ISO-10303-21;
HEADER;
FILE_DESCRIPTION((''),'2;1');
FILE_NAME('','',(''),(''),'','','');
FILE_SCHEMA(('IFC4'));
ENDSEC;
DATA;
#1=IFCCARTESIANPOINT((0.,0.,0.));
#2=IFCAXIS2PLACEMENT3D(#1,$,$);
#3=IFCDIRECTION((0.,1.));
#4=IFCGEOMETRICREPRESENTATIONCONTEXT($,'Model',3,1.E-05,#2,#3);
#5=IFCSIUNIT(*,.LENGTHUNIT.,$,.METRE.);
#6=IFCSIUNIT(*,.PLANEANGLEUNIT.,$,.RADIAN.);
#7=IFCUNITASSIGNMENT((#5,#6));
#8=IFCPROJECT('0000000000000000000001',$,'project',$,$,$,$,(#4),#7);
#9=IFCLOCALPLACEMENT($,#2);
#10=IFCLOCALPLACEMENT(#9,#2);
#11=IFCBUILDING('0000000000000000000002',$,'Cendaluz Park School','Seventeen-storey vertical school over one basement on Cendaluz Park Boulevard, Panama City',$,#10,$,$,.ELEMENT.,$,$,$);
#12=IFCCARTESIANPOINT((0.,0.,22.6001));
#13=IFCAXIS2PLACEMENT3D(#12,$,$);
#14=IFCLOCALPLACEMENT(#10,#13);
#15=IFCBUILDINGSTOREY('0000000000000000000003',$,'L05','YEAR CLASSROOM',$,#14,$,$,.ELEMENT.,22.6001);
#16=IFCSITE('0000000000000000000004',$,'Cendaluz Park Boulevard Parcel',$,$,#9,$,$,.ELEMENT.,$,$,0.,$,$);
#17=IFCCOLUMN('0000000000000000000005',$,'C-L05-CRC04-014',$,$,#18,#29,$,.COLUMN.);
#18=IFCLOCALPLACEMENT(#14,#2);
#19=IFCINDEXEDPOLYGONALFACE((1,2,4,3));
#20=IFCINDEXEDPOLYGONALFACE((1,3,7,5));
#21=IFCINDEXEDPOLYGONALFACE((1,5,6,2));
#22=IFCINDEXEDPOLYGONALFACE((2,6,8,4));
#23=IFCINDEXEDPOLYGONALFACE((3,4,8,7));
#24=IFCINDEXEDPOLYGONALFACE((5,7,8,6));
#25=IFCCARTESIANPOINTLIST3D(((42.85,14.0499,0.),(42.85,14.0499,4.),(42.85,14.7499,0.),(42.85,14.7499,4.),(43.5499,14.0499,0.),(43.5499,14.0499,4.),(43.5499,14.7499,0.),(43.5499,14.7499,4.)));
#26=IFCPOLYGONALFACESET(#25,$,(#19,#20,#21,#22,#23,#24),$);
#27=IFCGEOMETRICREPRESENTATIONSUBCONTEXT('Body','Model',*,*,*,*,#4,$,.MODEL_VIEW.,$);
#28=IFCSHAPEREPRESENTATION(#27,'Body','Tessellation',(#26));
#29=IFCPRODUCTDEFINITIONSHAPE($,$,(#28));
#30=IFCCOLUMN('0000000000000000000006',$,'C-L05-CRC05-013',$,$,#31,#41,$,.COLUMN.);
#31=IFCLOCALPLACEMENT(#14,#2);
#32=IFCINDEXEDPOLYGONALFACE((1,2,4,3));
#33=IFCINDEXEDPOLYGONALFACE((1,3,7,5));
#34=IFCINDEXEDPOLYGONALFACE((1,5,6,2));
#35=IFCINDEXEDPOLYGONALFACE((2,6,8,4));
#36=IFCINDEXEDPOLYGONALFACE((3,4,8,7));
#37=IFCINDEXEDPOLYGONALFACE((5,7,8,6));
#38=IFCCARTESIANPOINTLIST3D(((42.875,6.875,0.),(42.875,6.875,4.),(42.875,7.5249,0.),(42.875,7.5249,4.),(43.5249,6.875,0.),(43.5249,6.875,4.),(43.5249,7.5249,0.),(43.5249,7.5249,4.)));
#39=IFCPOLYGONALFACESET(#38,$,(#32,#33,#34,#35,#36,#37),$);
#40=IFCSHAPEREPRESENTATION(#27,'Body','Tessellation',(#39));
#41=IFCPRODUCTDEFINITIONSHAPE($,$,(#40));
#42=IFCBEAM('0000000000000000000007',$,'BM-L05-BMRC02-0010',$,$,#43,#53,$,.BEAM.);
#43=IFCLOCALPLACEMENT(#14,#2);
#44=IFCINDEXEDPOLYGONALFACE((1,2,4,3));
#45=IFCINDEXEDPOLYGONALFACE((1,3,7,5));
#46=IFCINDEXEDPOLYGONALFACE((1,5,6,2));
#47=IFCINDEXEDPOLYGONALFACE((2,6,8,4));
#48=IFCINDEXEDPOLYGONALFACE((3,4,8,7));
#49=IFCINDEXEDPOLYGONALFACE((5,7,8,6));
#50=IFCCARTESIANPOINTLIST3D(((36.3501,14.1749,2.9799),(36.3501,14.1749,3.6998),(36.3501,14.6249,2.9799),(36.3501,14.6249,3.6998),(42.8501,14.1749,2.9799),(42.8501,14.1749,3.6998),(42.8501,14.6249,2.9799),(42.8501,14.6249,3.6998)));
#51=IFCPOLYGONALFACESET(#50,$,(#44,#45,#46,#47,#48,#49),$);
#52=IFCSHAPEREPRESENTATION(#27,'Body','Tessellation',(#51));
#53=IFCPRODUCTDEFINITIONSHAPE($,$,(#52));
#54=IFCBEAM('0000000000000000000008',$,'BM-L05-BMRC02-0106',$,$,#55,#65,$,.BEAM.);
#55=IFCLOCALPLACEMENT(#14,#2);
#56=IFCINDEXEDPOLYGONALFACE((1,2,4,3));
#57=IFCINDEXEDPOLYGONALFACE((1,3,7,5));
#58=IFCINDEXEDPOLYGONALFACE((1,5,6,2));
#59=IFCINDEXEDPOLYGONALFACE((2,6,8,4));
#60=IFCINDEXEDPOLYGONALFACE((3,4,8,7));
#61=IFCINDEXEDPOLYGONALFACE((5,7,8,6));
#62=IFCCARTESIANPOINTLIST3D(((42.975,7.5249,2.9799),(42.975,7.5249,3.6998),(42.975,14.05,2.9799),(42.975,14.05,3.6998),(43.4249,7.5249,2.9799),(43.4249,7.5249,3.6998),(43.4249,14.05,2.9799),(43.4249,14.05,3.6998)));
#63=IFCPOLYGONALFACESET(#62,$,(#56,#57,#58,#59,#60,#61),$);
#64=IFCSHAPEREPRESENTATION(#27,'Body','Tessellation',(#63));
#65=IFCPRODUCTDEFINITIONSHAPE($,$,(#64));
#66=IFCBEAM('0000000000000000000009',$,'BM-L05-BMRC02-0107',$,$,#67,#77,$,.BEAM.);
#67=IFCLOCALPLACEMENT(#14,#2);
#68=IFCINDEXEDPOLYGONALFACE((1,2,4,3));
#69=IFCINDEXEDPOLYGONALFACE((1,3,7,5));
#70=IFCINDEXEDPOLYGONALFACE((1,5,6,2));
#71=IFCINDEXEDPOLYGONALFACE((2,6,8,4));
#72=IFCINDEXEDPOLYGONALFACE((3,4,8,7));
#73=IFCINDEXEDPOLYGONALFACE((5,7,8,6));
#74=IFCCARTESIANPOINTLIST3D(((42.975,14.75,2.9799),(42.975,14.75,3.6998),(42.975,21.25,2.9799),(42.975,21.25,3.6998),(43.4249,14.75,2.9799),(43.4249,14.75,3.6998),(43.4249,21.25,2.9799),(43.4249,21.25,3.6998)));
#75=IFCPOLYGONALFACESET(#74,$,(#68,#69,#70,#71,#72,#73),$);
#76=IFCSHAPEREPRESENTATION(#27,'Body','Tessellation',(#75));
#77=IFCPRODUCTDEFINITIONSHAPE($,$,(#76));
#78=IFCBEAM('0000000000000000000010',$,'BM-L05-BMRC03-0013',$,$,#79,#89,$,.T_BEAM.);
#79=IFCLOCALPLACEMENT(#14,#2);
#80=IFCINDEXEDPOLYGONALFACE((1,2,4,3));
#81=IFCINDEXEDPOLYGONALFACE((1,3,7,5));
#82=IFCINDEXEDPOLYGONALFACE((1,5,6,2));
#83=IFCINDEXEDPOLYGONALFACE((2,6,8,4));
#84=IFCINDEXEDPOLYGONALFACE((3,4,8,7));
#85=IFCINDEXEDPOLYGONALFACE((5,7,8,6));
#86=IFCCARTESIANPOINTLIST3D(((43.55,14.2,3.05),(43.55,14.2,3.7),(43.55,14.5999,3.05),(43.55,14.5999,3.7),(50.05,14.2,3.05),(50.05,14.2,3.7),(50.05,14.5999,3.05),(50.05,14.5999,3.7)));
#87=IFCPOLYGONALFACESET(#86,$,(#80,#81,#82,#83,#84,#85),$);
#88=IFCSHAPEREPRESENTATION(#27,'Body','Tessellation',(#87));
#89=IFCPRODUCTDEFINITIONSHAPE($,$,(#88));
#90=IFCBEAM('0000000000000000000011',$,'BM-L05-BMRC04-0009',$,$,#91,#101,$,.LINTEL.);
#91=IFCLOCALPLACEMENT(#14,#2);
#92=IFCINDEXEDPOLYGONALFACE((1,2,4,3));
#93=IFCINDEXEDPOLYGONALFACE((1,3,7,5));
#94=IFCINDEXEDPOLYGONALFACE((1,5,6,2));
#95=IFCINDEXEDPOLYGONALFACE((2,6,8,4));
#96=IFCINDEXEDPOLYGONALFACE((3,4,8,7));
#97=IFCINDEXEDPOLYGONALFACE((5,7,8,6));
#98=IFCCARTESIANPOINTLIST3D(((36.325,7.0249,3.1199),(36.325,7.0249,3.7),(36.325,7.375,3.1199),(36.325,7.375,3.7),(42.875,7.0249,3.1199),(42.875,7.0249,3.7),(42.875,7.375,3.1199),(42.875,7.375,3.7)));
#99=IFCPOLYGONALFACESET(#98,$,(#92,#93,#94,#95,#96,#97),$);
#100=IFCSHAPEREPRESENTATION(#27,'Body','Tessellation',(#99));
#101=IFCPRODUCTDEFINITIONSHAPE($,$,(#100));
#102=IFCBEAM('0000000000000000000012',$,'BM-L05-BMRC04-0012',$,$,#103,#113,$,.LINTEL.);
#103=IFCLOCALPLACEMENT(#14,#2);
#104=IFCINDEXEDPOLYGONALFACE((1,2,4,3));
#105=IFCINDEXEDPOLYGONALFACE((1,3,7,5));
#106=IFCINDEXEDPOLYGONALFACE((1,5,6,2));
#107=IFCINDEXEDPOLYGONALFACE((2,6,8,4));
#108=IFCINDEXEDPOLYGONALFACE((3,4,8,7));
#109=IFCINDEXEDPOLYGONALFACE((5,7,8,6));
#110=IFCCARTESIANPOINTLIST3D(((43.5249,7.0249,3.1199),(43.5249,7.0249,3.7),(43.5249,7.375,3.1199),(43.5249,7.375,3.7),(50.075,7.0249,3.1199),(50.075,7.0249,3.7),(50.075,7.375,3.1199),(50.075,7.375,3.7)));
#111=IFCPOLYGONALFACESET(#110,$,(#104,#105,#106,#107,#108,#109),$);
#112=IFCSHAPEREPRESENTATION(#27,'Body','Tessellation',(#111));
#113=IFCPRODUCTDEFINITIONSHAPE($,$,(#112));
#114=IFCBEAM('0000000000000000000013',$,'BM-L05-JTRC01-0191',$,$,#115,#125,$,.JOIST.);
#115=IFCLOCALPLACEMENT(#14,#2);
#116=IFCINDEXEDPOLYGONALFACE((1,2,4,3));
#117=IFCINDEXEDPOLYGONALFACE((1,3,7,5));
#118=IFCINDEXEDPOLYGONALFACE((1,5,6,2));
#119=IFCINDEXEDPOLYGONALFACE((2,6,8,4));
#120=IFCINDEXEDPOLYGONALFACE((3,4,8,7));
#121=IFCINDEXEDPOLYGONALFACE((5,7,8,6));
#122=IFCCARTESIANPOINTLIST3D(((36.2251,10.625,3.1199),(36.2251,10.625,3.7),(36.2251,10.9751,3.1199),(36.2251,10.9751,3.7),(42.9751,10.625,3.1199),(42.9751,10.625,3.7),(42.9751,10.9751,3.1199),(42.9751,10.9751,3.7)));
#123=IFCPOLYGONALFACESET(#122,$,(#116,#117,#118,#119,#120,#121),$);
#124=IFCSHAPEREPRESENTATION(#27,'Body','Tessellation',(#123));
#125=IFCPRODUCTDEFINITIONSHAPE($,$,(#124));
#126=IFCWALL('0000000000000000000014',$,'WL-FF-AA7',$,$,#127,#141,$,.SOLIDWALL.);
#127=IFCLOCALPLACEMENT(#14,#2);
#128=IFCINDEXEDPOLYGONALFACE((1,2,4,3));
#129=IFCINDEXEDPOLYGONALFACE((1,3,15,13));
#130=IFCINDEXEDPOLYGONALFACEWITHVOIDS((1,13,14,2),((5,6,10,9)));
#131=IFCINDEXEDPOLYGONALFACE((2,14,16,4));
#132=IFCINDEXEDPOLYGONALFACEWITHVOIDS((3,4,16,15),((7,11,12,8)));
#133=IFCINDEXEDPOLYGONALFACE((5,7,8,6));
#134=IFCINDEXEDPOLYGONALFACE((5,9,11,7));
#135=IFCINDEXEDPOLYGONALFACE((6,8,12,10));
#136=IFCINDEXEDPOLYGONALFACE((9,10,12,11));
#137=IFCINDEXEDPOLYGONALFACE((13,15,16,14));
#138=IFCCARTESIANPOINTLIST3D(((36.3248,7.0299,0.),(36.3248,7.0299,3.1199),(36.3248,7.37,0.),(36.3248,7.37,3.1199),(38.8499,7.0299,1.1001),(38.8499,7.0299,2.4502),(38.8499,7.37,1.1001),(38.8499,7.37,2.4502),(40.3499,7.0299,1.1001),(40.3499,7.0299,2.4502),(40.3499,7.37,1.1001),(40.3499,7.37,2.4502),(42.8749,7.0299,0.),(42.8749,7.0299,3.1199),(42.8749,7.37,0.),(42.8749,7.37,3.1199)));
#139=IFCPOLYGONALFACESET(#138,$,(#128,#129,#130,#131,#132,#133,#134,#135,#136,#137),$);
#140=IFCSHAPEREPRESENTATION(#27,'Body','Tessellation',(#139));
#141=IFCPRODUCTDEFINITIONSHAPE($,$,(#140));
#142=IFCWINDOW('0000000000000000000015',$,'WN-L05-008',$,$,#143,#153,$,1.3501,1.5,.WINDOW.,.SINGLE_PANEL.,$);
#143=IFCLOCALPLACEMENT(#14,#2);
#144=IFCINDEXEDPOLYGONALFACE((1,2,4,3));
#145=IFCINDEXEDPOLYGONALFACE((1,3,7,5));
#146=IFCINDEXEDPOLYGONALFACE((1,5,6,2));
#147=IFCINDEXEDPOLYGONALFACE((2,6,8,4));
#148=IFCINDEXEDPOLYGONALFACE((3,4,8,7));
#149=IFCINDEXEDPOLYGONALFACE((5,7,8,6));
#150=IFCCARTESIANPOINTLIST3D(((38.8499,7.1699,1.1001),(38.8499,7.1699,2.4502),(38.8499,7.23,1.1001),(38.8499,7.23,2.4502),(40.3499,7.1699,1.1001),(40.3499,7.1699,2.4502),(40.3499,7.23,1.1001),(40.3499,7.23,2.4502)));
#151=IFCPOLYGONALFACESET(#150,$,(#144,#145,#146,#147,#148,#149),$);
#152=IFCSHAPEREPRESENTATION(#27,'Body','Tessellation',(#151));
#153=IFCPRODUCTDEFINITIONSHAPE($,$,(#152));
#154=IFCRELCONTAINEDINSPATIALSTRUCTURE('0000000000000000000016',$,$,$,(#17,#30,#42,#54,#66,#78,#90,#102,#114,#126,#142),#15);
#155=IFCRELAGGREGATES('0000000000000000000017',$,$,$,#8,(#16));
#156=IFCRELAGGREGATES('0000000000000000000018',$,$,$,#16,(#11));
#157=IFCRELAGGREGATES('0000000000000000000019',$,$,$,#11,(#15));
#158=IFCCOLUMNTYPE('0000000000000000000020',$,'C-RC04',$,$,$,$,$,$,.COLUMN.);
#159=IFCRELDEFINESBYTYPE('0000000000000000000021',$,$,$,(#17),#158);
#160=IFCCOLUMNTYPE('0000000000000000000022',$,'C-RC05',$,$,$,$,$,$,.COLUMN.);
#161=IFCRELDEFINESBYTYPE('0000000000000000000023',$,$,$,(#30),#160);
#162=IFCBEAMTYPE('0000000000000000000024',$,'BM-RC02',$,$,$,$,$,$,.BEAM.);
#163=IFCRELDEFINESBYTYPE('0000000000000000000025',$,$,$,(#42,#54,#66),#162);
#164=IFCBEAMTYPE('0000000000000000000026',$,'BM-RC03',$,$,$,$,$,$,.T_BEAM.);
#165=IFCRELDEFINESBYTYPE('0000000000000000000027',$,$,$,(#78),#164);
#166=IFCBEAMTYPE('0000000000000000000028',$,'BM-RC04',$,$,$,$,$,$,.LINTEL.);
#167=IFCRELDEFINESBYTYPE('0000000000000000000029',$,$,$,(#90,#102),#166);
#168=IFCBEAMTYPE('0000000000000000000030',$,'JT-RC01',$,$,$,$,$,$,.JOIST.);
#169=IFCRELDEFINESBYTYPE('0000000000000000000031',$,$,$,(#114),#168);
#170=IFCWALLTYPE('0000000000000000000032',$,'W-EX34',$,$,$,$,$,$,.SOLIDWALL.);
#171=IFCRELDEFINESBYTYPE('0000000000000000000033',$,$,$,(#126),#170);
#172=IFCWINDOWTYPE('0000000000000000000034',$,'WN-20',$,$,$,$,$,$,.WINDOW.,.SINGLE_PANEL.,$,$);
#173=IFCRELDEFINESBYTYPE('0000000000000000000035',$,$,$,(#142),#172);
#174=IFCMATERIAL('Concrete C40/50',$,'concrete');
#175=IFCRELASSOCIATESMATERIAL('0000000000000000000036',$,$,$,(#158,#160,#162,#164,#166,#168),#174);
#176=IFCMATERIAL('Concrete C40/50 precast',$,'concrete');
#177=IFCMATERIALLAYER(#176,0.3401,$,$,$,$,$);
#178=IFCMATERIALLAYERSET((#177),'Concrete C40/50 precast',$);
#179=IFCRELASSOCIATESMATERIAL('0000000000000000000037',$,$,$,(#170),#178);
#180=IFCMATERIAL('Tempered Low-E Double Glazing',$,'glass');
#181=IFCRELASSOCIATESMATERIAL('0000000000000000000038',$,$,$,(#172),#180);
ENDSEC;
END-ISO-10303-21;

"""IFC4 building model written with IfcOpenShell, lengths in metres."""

from ifc_helpers import new_model, si_unit, direction, frame, frame_2d, origin, origin_2d, place, context, subcontext, project, spatial, rectangle, extrude, material, layer, layer_set, material_profile, profile_set, type_object, element, fill, save


model = new_model("IFC4")

# Units and contexts
model_context = context("Model", 3, precision=1e-05, world=origin(), true_north=direction((0.0, 1.0)))
body_context = subcontext(model_context, "Body", "Model", "MODEL_VIEW")
ifc_project = project(units=[si_unit("LENGTHUNIT", "METRE"), si_unit("PLANEANGLEUNIT", "RADIAN")], contexts=[model_context])

# Site, building, storey
site_placement = place(None, origin())
site = spatial("IfcSite", under=ifc_project, at=site_placement, Name="Cendaluz Park Boulevard Parcel", CompositionType="ELEMENT", RefElevation=0.0)
building_placement = place(site_placement, origin())
building = spatial("IfcBuilding", under=site, at=building_placement, Name="Cendaluz Park School", Description="Seventeen-storey vertical school over one basement on Cendaluz Park Boulevard, Panama City", CompositionType="ELEMENT")
storey_placement = place(building_placement, frame((0.0, 0.0, 22.6001)))
storey = spatial("IfcBuildingStorey", under=building, at=storey_placement, Name="L05", Description="YEAR CLASSROOM", CompositionType="ELEMENT", Elevation=22.6001)

# Columns
ifc_material_1 = material(Name="Concrete C40/50", Category="concrete")
ifc_material_profile_1 = material_profile(ifc_material_1, rectangle(XDim=0.7, YDim=0.7, at=origin_2d()), Name="RC 700x700", Category="concrete")
ifc_profile_set_1 = profile_set([ifc_material_profile_1], Name="Concrete C40/50")
column_type_1 = type_object("IfcColumnType", Name="C-RC04", PredefinedType="COLUMN", material=ifc_profile_set_1)
column_1_placement = place(storey_placement, frame((43.2, 14.3999, 0.0), z_axis=(0.0, 0.0, 1.0), x_axis=(1.0, 0.0, 0.0)))
element("IfcColumn", 1, at=column_1_placement, inside=storey, type_object=column_type_1, Name="C-L05-CRC04-014", PredefinedType="COLUMN", context=body_context, shape_type="SweptSolid", body=[
    extrude(rectangle(XDim=0.7, YDim=0.7, at=origin_2d()), origin(), (0.0, 0.0, 1.0), 4.0),
])
ifc_material_profile_2 = material_profile(ifc_material_1, rectangle(XDim=0.6499, YDim=0.6499, at=origin_2d()), Name="RC 650x650", Category="concrete")
ifc_profile_set_2 = profile_set([ifc_material_profile_2], Name="Concrete C40/50")
column_type_2 = type_object("IfcColumnType", Name="C-RC05", PredefinedType="COLUMN", material=ifc_profile_set_2)
column_2_placement = place(storey_placement, frame((43.2, 7.2, 0.0), z_axis=(0.0, 0.0, 1.0), x_axis=(1.0, 0.0, 0.0)))
element("IfcColumn", 2, at=column_2_placement, inside=storey, type_object=column_type_2, Name="C-L05-CRC05-013", PredefinedType="COLUMN", context=body_context, shape_type="SweptSolid", body=[
    extrude(rectangle(XDim=0.6499, YDim=0.6499, at=origin_2d()), origin(), (0.0, 0.0, 1.0), 4.0),
])

# Beams
ifc_material_profile_3 = material_profile(ifc_material_1, rectangle(XDim=0.45, YDim=0.72, at=origin_2d()), Name="RC 450x720", Category="concrete")
ifc_profile_set_3 = profile_set([ifc_material_profile_3], Name="Concrete C40/50")
beam_type_1 = type_object("IfcBeamType", Name="BM-RC02", PredefinedType="BEAM", material=ifc_profile_set_3)
beam_1_placement = place(storey_placement, frame((36.3501, 14.3999, 3.3398), z_axis=(1.0, 0.0, 0.0), x_axis=(0.0, 1.0, 0.0)))
element("IfcBeam", 3, at=beam_1_placement, inside=storey, type_object=beam_type_1, Name="BM-L05-BMRC02-0010", PredefinedType="BEAM", context=body_context, shape_type="SweptSolid", body=[
    extrude(rectangle(XDim=0.45, YDim=0.72, at=origin_2d()), origin(), (0.0, 0.0, 1.0), 6.5),
])
beam_2_placement = place(storey_placement, frame((43.2, 7.5249, 3.3398), z_axis=(0.0, 1.0, 0.0), x_axis=(-1.0, 0.0, 0.0)))
element("IfcBeam", 4, at=beam_2_placement, inside=storey, type_object=beam_type_1, Name="BM-L05-BMRC02-0106", PredefinedType="BEAM", context=body_context, shape_type="SweptSolid", body=[
    extrude(rectangle(XDim=0.45, YDim=0.72, at=origin_2d()), origin(), (0.0, 0.0, 1.0), 6.5251),
])
beam_3_placement = place(storey_placement, frame((43.2, 14.75, 3.3398), z_axis=(0.0, 1.0, 0.0), x_axis=(-1.0, 0.0, 0.0)))
element("IfcBeam", 5, at=beam_3_placement, inside=storey, type_object=beam_type_1, Name="BM-L05-BMRC02-0107", PredefinedType="BEAM", context=body_context, shape_type="SweptSolid", body=[
    extrude(rectangle(XDim=0.45, YDim=0.72, at=origin_2d()), origin(), (0.0, 0.0, 1.0), 6.5),
])
ifc_material_profile_4 = material_profile(ifc_material_1, rectangle(XDim=0.3999, YDim=0.6499, at=origin_2d()), Name="RC 400x650", Category="concrete")
ifc_profile_set_4 = profile_set([ifc_material_profile_4], Name="Concrete C40/50")
beam_type_2 = type_object("IfcBeamType", Name="BM-RC03", PredefinedType="T_BEAM", material=ifc_profile_set_4)
beam_4_placement = place(storey_placement, frame((43.55, 14.3999, 3.375), z_axis=(1.0, 0.0, 0.0), x_axis=(0.0, 1.0, 0.0)))
element("IfcBeam", 6, at=beam_4_placement, inside=storey, type_object=beam_type_2, Name="BM-L05-BMRC03-0013", PredefinedType="T_BEAM", context=body_context, shape_type="SweptSolid", body=[
    extrude(rectangle(XDim=0.3999, YDim=0.6499, at=origin_2d()), origin(), (0.0, 0.0, 1.0), 6.5),
])
ifc_material_profile_5 = material_profile(ifc_material_1, rectangle(XDim=0.3501, YDim=0.5801, at=origin_2d()), Name="RC 350x580", Category="concrete")
ifc_profile_set_5 = profile_set([ifc_material_profile_5], Name="Concrete C40/50")
beam_type_3 = type_object("IfcBeamType", Name="BM-RC04", PredefinedType="LINTEL", material=ifc_profile_set_5)
for number, where, z_axis, x_axis, name in (
    (7, (36.325, 7.2, 3.4099), (1.0, 0.0, 0.0), (0.0, 1.0, 0.0), "BM-L05-BMRC04-0009"),
    (8, (43.5249, 7.2, 3.4099), (1.0, 0.0, 0.0), (0.0, 1.0, 0.0), "BM-L05-BMRC04-0012"),
):
    element("IfcBeam", number, at=place(storey_placement, frame(where, z_axis=z_axis, x_axis=x_axis)), inside=storey, type_object=beam_type_3, Name=name, PredefinedType="LINTEL", context=body_context, shape_type="SweptSolid", body=[
        extrude(rectangle(XDim=0.3501, YDim=0.5801, at=origin_2d()), origin(), (0.0, 0.0, 1.0), 6.55),
    ])
ifc_material_profile_6 = material_profile(ifc_material_1, rectangle(XDim=0.3501, YDim=0.5801, at=origin_2d()), Name="RC 350x580", Category="concrete")
ifc_profile_set_6 = profile_set([ifc_material_profile_6], Name="Concrete C40/50")
beam_type_4 = type_object("IfcBeamType", Name="JT-RC01", PredefinedType="JOIST", material=ifc_profile_set_6)
beam_5_placement = place(storey_placement, frame((36.2251, 10.8, 3.4099), z_axis=(1.0, 0.0, 0.0), x_axis=(0.0, 1.0, 0.0)))
element("IfcBeam", 9, at=beam_5_placement, inside=storey, type_object=beam_type_4, Name="BM-L05-JTRC01-0191", PredefinedType="JOIST", context=body_context, shape_type="SweptSolid", body=[
    extrude(rectangle(XDim=0.3501, YDim=0.5801, at=origin_2d()), origin(), (0.0, 0.0, 1.0), 6.75),
])

# Wall, opening, window
ifc_material_2 = material(Name="Concrete C40/50 precast", Category="concrete")
ifc_layer_1 = layer(ifc_material_2, 0.3401)
ifc_layer_set_1 = layer_set([ifc_layer_1], Name="Concrete C40/50 precast")
wall_type_1 = type_object("IfcWallType", Name="W-EX34", PredefinedType="SOLIDWALL", material=ifc_layer_set_1)
wall_1_placement = place(storey_placement, frame((36.325, 7.2, 0.0), z_axis=(0.0, 0.0, 1.0), x_axis=(1.0, 0.0, 0.0)))
wall_1 = element("IfcWall", 10, at=wall_1_placement, inside=storey, type_object=wall_type_1, Name="WL-FF-AA7", PredefinedType="SOLIDWALL", context=body_context, shape_type="SweptSolid", body=[
    extrude(rectangle(XDim=6.55, YDim=0.3401, at=frame_2d((3.2749, 0.0))), origin(), (0.0, 0.0, 1.0), 3.1199),
])
opening_1_placement = place(wall_1_placement, frame((2.5249, 0.0, 1.1001)))
opening_1 = element("IfcOpeningElement", 11, at=opening_1_placement, cuts=wall_1, PredefinedType="OPENING", context=body_context, shape_type="SweptSolid", body=[
    extrude(rectangle(XDim=1.5, YDim=1.3501, at=frame_2d((0.75, 0.675))), frame((0.0, 0.1821, 0.0), z_axis=(0.0, -1.0, 0.0), x_axis=(1.0, 0.0, 0.0)), (0.0, 0.0, 1.0), 0.364),
])
ifc_material_3 = material(Name="Tempered Low-E Double Glazing", Category="glass")
window_type = type_object("IfcWindowType", Name="WN-20", PartitioningType="SINGLE_PANEL", PredefinedType="WINDOW", material=ifc_material_3)
window_1_placement = place(opening_1_placement, origin())
window_1 = element("IfcWindow", 12, at=window_1_placement, inside=storey, type_object=window_type, Name="WN-L05-008", OverallHeight=1.3501, OverallWidth=1.5, PartitioningType="SINGLE_PANEL", PredefinedType="WINDOW", context=body_context, shape_type="SweptSolid", body=[
    extrude(rectangle(XDim=1.5, YDim=1.3501, at=frame_2d((0.75, 0.675))), frame((0.0, 0.03, 0.0), z_axis=(0.0, -1.0, 0.0), x_axis=(1.0, 0.0, 0.0)), (0.0, 0.0, 1.0), 0.0601),
])
fill(opening_1, window_1)

save(model, "model.ifc")
